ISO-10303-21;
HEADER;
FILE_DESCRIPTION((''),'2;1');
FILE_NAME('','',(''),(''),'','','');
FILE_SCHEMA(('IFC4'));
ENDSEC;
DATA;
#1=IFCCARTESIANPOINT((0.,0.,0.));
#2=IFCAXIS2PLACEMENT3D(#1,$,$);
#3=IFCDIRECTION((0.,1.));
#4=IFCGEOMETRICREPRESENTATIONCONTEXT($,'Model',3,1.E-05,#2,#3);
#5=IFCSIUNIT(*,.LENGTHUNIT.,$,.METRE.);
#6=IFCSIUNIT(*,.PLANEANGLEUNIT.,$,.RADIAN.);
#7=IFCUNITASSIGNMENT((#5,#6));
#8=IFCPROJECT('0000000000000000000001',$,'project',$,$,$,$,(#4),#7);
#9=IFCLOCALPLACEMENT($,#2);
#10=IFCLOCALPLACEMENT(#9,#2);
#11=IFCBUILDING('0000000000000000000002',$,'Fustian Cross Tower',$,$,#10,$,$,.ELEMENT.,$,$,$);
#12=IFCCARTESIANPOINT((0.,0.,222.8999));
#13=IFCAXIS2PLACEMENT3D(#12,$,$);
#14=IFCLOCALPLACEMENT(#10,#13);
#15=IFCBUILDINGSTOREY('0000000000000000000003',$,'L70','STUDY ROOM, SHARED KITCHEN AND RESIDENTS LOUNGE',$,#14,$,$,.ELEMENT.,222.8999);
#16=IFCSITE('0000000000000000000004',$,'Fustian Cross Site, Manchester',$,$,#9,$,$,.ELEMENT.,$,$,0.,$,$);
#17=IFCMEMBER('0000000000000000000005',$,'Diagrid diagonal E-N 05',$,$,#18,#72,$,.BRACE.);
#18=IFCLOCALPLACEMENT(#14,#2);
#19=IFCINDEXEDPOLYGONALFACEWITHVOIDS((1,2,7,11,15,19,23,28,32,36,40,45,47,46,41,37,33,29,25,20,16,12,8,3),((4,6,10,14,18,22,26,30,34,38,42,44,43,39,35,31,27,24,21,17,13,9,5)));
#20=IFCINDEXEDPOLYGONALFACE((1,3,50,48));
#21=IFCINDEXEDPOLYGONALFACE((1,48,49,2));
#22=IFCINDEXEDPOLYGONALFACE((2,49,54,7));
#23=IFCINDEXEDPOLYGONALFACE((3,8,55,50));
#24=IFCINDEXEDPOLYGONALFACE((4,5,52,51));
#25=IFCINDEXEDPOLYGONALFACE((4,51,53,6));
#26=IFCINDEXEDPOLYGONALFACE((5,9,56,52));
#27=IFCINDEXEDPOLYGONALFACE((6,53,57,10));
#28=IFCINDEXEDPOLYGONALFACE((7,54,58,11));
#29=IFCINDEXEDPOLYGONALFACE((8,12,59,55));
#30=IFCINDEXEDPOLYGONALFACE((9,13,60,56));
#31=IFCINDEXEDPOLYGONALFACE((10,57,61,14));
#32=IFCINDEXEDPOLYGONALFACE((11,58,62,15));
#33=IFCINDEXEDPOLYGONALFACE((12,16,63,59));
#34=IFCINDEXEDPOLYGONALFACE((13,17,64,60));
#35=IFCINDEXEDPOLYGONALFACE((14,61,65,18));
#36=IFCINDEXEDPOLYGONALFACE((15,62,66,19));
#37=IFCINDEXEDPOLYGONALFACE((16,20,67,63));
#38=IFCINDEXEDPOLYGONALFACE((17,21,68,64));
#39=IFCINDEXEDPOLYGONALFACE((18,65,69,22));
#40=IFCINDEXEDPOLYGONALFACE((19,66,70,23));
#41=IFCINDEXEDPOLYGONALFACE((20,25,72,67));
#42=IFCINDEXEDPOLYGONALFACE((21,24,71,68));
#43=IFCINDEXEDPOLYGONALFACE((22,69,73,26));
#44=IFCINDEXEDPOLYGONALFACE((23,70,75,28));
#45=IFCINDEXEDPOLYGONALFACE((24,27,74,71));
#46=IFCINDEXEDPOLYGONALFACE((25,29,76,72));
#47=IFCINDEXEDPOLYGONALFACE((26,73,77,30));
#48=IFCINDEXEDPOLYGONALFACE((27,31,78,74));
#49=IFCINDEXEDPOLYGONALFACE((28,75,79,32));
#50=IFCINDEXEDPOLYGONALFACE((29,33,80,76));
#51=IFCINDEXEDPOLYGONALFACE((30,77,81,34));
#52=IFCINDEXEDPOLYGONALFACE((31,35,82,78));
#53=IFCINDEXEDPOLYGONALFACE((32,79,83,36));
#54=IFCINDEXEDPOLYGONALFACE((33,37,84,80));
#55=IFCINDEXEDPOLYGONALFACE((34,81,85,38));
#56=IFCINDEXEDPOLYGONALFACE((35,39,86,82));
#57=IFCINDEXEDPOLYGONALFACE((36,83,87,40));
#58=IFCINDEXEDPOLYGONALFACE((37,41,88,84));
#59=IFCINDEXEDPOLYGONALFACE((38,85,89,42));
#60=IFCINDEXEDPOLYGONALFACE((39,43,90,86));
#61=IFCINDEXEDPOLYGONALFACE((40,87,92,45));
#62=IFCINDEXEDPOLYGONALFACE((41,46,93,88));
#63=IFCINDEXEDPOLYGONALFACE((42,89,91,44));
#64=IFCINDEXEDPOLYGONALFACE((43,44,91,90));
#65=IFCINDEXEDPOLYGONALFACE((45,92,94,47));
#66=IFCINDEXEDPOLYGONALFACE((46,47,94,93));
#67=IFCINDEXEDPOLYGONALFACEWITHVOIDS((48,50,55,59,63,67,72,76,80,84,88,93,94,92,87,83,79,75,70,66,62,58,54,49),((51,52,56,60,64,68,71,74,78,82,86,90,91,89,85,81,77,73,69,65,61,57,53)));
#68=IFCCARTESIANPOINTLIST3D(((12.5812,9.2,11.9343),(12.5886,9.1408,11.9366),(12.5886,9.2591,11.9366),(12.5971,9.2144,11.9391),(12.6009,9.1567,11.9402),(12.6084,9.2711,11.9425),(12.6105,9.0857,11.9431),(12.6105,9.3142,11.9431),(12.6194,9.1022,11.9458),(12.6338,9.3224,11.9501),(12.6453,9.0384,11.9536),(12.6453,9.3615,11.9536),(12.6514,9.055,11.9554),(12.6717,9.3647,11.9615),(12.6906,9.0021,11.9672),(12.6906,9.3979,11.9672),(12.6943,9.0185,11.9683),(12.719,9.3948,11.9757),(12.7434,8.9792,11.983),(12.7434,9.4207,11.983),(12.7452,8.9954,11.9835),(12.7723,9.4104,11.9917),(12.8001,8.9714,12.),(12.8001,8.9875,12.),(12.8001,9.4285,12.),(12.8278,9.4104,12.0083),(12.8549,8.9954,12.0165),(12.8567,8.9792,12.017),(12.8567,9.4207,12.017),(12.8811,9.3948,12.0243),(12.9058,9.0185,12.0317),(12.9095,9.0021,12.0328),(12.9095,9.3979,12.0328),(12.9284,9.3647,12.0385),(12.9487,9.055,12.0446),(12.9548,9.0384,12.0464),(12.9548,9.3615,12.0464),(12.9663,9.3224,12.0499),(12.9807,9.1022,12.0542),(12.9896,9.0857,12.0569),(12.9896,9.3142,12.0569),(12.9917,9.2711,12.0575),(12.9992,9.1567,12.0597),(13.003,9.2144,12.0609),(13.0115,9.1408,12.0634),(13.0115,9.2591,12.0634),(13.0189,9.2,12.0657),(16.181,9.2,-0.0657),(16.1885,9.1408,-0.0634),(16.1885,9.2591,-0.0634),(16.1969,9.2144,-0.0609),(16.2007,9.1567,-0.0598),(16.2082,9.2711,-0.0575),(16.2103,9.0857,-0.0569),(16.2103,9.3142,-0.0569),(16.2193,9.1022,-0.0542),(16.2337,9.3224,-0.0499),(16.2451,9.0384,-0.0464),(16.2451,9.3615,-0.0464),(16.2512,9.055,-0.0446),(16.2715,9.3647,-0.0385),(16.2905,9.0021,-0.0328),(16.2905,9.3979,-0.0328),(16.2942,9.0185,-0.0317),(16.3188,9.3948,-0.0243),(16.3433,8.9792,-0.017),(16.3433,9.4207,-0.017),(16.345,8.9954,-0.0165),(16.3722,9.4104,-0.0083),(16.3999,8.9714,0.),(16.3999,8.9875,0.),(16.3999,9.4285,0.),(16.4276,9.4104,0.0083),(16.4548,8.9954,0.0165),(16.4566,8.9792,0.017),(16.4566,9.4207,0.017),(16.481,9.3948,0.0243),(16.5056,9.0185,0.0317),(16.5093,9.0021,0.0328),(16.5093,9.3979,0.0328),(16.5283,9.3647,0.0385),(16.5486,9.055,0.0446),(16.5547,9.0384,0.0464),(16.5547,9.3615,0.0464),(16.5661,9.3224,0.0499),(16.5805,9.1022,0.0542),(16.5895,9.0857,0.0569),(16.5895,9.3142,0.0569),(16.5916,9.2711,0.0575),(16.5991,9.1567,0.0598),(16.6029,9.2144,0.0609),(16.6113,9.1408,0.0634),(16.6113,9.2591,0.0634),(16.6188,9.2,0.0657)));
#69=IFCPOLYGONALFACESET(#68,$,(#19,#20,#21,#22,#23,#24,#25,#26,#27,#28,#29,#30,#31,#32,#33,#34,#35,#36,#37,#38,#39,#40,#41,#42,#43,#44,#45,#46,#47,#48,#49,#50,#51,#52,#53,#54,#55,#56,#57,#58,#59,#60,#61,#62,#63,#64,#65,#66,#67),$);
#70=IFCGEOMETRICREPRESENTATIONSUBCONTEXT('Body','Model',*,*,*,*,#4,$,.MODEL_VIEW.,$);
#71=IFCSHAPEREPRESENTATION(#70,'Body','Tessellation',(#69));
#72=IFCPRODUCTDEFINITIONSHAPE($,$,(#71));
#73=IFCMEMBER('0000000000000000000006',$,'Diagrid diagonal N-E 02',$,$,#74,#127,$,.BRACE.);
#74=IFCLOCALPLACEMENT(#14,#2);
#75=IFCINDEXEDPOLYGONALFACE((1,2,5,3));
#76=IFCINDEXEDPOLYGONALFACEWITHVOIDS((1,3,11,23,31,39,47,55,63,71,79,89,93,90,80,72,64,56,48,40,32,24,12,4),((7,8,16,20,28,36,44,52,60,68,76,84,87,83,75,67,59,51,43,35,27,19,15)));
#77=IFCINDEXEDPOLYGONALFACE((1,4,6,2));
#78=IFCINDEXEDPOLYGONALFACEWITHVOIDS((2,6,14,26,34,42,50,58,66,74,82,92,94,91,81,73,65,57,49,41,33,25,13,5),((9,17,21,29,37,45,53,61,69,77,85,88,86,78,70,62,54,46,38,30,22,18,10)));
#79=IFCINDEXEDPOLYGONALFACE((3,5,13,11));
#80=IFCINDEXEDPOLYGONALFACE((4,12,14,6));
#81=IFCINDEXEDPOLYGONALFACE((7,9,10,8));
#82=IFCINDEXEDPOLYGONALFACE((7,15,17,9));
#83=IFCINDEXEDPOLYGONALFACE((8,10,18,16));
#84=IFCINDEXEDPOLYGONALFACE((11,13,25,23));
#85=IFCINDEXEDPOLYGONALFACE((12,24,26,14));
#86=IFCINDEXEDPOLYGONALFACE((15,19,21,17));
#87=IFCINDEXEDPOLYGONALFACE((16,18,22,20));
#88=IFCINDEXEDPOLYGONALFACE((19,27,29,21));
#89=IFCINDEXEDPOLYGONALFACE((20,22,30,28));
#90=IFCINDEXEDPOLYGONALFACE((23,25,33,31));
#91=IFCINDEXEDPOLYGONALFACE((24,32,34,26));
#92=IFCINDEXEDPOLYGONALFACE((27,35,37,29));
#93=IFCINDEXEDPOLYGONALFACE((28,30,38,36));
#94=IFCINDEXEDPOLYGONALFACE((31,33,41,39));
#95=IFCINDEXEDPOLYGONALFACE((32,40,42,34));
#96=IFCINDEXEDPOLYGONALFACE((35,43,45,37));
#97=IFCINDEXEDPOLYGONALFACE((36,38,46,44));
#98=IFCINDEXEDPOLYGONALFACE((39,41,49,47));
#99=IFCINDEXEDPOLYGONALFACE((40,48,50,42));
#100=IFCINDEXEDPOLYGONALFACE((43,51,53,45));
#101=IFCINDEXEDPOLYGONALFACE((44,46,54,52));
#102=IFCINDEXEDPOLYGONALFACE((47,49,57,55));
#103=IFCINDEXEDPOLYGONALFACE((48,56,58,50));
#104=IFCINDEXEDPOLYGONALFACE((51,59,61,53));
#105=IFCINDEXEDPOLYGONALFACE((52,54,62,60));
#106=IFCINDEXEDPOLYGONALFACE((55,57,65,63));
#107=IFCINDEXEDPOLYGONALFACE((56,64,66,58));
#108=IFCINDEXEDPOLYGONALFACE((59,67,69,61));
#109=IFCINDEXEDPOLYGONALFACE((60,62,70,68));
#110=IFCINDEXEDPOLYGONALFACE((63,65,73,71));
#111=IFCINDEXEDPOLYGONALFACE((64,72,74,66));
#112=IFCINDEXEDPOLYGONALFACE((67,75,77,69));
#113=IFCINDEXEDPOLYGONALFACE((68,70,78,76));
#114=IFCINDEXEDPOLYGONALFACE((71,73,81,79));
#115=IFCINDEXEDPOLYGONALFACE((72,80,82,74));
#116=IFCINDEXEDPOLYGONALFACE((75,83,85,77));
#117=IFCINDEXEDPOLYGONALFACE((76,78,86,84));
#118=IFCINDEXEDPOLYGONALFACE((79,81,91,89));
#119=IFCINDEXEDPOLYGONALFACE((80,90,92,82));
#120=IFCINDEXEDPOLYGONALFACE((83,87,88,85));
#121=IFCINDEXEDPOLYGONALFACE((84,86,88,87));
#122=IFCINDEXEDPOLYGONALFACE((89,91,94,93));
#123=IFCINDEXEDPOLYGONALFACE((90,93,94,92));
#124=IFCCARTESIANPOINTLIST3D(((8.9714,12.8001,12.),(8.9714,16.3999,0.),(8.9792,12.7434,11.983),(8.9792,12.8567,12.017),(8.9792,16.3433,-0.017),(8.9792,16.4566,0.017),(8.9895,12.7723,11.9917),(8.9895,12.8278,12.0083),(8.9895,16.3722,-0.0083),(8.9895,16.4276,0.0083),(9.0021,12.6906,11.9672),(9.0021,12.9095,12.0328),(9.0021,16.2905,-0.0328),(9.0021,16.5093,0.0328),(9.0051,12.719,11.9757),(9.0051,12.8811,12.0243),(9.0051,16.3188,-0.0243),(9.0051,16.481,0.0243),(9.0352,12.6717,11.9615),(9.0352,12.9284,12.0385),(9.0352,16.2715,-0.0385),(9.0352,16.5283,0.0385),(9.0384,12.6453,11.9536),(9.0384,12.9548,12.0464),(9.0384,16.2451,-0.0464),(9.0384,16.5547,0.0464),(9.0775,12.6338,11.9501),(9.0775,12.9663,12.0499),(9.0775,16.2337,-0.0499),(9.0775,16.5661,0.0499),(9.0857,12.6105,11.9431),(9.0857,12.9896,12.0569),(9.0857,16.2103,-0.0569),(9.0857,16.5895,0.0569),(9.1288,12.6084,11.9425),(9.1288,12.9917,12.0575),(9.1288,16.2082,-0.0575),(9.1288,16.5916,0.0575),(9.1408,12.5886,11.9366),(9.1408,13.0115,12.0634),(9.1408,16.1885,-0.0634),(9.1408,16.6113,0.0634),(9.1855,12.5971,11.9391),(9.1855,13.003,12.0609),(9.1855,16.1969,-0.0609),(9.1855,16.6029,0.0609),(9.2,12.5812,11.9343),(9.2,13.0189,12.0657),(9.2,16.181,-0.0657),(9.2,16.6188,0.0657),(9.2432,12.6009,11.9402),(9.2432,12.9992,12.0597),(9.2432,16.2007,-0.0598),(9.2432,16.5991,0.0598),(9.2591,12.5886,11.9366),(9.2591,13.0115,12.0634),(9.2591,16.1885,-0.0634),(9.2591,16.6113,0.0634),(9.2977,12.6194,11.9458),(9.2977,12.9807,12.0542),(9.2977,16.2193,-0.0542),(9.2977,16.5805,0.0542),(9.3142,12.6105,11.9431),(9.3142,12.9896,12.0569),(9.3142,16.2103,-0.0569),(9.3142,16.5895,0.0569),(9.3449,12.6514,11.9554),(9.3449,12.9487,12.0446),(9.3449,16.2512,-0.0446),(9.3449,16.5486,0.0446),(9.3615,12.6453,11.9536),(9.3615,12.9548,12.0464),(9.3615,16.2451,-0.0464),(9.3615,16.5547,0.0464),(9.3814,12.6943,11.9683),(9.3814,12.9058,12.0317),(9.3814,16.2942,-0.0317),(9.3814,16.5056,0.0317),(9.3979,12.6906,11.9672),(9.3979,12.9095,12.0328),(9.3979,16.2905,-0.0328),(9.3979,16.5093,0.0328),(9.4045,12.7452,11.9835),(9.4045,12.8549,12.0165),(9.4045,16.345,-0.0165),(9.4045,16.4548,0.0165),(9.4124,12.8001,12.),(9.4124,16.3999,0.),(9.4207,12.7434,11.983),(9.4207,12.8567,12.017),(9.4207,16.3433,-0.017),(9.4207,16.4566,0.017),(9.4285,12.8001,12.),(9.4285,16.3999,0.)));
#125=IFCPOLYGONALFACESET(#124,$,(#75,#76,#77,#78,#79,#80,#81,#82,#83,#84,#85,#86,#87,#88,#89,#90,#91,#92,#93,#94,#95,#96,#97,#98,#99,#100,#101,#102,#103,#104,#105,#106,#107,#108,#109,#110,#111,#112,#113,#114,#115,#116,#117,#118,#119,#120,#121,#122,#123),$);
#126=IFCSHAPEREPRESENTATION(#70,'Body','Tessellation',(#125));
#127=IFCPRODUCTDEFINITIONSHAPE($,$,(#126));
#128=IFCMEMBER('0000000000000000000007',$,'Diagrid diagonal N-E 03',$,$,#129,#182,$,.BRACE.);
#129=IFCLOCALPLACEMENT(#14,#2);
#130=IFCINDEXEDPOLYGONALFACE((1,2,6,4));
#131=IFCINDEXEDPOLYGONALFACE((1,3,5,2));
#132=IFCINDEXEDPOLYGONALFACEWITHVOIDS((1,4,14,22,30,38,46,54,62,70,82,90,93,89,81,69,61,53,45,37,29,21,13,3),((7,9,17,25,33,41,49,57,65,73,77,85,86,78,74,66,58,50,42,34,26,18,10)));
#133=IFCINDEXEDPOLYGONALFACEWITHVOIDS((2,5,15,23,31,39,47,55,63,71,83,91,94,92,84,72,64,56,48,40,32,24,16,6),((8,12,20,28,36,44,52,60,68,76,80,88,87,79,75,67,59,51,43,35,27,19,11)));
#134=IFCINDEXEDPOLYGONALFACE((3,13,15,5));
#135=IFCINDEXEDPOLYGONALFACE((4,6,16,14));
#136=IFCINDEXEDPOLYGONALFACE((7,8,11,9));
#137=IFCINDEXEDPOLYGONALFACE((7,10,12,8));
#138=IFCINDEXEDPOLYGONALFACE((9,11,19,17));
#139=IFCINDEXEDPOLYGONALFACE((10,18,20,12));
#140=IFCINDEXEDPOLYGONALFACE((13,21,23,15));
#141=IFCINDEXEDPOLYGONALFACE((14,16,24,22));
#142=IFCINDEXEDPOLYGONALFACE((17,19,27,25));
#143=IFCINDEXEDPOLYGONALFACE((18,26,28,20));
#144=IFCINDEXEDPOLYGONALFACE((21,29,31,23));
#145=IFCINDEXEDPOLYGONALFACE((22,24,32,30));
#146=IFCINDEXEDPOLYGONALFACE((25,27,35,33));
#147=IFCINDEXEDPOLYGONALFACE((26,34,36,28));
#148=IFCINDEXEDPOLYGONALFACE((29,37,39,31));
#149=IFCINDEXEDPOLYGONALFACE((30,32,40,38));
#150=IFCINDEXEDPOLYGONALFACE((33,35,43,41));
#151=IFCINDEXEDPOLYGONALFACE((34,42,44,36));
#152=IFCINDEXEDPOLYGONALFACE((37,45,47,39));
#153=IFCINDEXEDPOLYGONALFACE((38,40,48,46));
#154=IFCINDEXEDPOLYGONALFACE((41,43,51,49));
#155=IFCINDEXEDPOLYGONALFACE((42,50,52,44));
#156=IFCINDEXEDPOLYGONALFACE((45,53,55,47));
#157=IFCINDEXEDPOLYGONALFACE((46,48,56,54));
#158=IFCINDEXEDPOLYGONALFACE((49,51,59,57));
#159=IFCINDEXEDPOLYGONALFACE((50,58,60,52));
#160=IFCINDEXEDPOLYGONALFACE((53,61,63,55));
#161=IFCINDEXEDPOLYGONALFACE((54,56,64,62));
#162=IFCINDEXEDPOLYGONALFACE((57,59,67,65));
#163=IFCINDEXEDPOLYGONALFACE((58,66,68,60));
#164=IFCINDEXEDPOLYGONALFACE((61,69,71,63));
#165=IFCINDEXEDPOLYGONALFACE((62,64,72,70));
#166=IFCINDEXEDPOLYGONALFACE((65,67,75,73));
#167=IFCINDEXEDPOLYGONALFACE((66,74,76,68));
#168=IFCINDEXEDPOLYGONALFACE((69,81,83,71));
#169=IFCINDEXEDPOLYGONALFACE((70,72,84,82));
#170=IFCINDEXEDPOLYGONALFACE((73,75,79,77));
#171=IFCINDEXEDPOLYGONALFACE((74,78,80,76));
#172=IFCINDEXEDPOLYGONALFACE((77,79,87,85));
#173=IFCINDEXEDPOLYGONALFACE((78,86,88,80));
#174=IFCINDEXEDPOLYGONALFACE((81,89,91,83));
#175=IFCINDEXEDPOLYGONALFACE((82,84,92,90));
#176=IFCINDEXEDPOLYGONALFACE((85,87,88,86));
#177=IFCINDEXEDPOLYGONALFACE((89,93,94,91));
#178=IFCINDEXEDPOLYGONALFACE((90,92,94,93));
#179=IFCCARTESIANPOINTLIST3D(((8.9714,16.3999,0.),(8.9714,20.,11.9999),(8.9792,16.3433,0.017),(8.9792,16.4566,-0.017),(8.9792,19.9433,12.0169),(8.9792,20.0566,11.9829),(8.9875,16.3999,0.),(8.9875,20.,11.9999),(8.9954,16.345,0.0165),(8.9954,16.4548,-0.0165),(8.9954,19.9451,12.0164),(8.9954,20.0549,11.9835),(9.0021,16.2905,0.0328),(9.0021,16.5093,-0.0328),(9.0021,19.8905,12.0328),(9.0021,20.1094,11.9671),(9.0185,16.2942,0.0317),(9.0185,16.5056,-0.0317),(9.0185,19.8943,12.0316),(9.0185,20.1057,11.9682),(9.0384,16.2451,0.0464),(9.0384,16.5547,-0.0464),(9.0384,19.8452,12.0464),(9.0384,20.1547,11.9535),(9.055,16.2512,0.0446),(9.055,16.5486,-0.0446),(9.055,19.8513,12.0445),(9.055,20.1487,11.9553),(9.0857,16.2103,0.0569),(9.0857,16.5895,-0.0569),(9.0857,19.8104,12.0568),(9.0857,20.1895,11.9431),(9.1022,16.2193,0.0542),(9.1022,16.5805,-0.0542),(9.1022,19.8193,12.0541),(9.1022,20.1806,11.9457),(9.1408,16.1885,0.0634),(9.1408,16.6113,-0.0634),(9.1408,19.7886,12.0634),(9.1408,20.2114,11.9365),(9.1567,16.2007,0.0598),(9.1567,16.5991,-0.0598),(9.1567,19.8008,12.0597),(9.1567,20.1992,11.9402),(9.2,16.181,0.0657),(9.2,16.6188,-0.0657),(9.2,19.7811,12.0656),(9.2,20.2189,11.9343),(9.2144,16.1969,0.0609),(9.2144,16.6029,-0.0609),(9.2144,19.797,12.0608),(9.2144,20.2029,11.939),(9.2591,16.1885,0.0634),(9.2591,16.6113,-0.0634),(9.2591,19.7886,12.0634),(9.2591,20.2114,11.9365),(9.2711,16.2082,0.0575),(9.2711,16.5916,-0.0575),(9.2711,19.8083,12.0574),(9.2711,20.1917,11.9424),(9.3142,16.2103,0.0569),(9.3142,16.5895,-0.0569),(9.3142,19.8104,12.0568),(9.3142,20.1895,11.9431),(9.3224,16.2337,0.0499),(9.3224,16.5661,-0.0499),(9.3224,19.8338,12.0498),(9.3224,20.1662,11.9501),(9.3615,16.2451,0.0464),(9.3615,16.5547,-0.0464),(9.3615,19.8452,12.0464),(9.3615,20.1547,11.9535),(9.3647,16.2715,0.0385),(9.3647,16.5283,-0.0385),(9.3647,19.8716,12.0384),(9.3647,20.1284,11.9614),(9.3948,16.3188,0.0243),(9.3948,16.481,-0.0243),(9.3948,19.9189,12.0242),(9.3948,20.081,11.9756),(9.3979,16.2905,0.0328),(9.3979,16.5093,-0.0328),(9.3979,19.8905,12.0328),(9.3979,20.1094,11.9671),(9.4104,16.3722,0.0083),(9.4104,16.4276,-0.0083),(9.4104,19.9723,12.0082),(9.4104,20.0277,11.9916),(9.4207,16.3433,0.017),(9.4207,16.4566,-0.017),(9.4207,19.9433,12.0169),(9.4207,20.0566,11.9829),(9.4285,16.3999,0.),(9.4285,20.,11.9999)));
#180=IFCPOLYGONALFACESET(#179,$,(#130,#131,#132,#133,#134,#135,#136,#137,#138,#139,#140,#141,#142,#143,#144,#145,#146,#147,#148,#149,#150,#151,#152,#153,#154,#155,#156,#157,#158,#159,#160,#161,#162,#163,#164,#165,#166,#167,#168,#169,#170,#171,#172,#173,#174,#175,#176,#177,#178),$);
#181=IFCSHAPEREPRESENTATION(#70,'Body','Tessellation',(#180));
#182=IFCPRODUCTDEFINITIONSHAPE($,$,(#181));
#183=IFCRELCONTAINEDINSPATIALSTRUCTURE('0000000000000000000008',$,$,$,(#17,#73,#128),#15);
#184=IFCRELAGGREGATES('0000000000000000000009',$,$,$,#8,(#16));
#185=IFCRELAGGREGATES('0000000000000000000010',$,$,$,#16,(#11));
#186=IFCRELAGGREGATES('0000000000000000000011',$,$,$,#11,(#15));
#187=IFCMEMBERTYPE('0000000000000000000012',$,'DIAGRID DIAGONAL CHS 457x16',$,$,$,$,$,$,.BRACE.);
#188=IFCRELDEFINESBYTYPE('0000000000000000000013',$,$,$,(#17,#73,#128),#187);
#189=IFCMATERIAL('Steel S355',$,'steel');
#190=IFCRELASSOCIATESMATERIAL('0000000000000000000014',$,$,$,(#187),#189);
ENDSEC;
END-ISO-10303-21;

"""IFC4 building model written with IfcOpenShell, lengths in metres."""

from ifc_helpers import new_model, si_unit, direction, frame, origin, origin_2d, place, context, subcontext, project, spatial, hollow_circle, extrude, material, material_profile, profile_set, type_object, element, save


model = new_model("IFC4")

# Units and contexts
model_context = context("Model", 3, precision=1e-05, world=origin(), true_north=direction((0.0, 1.0)))
body_context = subcontext(model_context, "Body", "Model", "MODEL_VIEW")
ifc_project = project(units=[si_unit("LENGTHUNIT", "METRE"), si_unit("PLANEANGLEUNIT", "RADIAN")], contexts=[model_context])

# Site, building, storey
site_placement = place(None, origin())
site = spatial("IfcSite", under=ifc_project, at=site_placement, Name="Fustian Cross Site, Manchester", CompositionType="ELEMENT", RefElevation=0.0)
building_placement = place(site_placement, origin())
building = spatial("IfcBuilding", under=site, at=building_placement, Name="Fustian Cross Tower", CompositionType="ELEMENT")
storey_placement = place(building_placement, frame((0.0, 0.0, 222.8999)))
storey = spatial("IfcBuildingStorey", under=building, at=storey_placement, Name="L70", Description="STUDY ROOM, SHARED KITCHEN AND RESIDENTS LOUNGE", CompositionType="ELEMENT", Elevation=222.8999)

# Members
ifc_material_1 = material(Name="Steel S355", Category="steel")
ifc_material_profile_1 = material_profile(ifc_material_1, hollow_circle(Radius=0.2285, WallThickness=0.0161, at=origin_2d()), Name="CHS 457x16")
ifc_profile_set_1 = profile_set([ifc_material_profile_1], Name="Steel S355")
member_type_1 = type_object("IfcMemberType", Name="DIAGRID DIAGONAL CHS 457x16", PredefinedType="BRACE", material=ifc_profile_set_1)
for number, where, z_axis, x_axis, name in (
    (1, (16.3999, 9.2, 0.0), (-0.287337, 0.0, 0.95783), (0.0, -1.0, 0.0), "Diagrid diagonal E-N 05"),
    (2, (9.2, 16.3999, 0.0), (0.0, -0.287337, 0.95783), (1.0, 0.0, 0.0), "Diagrid diagonal N-E 02"),
    (3, (9.2, 16.3999, 0.0), (0.0, 0.287355, 0.957824), (-1.0, 0.0, 0.0), "Diagrid diagonal N-E 03"),
):
    element("IfcMember", number, at=place(storey_placement, frame(where, z_axis=z_axis, x_axis=x_axis)), inside=storey, type_object=member_type_1, Name=name, PredefinedType="BRACE", context=body_context, shape_type="SweptSolid", body=[
        extrude(hollow_circle(Radius=0.2285, WallThickness=0.0161, at=origin_2d()), origin(), (0.0, 0.0, 1.0), 12.5283),
    ])

save(model, "model.ifc")
